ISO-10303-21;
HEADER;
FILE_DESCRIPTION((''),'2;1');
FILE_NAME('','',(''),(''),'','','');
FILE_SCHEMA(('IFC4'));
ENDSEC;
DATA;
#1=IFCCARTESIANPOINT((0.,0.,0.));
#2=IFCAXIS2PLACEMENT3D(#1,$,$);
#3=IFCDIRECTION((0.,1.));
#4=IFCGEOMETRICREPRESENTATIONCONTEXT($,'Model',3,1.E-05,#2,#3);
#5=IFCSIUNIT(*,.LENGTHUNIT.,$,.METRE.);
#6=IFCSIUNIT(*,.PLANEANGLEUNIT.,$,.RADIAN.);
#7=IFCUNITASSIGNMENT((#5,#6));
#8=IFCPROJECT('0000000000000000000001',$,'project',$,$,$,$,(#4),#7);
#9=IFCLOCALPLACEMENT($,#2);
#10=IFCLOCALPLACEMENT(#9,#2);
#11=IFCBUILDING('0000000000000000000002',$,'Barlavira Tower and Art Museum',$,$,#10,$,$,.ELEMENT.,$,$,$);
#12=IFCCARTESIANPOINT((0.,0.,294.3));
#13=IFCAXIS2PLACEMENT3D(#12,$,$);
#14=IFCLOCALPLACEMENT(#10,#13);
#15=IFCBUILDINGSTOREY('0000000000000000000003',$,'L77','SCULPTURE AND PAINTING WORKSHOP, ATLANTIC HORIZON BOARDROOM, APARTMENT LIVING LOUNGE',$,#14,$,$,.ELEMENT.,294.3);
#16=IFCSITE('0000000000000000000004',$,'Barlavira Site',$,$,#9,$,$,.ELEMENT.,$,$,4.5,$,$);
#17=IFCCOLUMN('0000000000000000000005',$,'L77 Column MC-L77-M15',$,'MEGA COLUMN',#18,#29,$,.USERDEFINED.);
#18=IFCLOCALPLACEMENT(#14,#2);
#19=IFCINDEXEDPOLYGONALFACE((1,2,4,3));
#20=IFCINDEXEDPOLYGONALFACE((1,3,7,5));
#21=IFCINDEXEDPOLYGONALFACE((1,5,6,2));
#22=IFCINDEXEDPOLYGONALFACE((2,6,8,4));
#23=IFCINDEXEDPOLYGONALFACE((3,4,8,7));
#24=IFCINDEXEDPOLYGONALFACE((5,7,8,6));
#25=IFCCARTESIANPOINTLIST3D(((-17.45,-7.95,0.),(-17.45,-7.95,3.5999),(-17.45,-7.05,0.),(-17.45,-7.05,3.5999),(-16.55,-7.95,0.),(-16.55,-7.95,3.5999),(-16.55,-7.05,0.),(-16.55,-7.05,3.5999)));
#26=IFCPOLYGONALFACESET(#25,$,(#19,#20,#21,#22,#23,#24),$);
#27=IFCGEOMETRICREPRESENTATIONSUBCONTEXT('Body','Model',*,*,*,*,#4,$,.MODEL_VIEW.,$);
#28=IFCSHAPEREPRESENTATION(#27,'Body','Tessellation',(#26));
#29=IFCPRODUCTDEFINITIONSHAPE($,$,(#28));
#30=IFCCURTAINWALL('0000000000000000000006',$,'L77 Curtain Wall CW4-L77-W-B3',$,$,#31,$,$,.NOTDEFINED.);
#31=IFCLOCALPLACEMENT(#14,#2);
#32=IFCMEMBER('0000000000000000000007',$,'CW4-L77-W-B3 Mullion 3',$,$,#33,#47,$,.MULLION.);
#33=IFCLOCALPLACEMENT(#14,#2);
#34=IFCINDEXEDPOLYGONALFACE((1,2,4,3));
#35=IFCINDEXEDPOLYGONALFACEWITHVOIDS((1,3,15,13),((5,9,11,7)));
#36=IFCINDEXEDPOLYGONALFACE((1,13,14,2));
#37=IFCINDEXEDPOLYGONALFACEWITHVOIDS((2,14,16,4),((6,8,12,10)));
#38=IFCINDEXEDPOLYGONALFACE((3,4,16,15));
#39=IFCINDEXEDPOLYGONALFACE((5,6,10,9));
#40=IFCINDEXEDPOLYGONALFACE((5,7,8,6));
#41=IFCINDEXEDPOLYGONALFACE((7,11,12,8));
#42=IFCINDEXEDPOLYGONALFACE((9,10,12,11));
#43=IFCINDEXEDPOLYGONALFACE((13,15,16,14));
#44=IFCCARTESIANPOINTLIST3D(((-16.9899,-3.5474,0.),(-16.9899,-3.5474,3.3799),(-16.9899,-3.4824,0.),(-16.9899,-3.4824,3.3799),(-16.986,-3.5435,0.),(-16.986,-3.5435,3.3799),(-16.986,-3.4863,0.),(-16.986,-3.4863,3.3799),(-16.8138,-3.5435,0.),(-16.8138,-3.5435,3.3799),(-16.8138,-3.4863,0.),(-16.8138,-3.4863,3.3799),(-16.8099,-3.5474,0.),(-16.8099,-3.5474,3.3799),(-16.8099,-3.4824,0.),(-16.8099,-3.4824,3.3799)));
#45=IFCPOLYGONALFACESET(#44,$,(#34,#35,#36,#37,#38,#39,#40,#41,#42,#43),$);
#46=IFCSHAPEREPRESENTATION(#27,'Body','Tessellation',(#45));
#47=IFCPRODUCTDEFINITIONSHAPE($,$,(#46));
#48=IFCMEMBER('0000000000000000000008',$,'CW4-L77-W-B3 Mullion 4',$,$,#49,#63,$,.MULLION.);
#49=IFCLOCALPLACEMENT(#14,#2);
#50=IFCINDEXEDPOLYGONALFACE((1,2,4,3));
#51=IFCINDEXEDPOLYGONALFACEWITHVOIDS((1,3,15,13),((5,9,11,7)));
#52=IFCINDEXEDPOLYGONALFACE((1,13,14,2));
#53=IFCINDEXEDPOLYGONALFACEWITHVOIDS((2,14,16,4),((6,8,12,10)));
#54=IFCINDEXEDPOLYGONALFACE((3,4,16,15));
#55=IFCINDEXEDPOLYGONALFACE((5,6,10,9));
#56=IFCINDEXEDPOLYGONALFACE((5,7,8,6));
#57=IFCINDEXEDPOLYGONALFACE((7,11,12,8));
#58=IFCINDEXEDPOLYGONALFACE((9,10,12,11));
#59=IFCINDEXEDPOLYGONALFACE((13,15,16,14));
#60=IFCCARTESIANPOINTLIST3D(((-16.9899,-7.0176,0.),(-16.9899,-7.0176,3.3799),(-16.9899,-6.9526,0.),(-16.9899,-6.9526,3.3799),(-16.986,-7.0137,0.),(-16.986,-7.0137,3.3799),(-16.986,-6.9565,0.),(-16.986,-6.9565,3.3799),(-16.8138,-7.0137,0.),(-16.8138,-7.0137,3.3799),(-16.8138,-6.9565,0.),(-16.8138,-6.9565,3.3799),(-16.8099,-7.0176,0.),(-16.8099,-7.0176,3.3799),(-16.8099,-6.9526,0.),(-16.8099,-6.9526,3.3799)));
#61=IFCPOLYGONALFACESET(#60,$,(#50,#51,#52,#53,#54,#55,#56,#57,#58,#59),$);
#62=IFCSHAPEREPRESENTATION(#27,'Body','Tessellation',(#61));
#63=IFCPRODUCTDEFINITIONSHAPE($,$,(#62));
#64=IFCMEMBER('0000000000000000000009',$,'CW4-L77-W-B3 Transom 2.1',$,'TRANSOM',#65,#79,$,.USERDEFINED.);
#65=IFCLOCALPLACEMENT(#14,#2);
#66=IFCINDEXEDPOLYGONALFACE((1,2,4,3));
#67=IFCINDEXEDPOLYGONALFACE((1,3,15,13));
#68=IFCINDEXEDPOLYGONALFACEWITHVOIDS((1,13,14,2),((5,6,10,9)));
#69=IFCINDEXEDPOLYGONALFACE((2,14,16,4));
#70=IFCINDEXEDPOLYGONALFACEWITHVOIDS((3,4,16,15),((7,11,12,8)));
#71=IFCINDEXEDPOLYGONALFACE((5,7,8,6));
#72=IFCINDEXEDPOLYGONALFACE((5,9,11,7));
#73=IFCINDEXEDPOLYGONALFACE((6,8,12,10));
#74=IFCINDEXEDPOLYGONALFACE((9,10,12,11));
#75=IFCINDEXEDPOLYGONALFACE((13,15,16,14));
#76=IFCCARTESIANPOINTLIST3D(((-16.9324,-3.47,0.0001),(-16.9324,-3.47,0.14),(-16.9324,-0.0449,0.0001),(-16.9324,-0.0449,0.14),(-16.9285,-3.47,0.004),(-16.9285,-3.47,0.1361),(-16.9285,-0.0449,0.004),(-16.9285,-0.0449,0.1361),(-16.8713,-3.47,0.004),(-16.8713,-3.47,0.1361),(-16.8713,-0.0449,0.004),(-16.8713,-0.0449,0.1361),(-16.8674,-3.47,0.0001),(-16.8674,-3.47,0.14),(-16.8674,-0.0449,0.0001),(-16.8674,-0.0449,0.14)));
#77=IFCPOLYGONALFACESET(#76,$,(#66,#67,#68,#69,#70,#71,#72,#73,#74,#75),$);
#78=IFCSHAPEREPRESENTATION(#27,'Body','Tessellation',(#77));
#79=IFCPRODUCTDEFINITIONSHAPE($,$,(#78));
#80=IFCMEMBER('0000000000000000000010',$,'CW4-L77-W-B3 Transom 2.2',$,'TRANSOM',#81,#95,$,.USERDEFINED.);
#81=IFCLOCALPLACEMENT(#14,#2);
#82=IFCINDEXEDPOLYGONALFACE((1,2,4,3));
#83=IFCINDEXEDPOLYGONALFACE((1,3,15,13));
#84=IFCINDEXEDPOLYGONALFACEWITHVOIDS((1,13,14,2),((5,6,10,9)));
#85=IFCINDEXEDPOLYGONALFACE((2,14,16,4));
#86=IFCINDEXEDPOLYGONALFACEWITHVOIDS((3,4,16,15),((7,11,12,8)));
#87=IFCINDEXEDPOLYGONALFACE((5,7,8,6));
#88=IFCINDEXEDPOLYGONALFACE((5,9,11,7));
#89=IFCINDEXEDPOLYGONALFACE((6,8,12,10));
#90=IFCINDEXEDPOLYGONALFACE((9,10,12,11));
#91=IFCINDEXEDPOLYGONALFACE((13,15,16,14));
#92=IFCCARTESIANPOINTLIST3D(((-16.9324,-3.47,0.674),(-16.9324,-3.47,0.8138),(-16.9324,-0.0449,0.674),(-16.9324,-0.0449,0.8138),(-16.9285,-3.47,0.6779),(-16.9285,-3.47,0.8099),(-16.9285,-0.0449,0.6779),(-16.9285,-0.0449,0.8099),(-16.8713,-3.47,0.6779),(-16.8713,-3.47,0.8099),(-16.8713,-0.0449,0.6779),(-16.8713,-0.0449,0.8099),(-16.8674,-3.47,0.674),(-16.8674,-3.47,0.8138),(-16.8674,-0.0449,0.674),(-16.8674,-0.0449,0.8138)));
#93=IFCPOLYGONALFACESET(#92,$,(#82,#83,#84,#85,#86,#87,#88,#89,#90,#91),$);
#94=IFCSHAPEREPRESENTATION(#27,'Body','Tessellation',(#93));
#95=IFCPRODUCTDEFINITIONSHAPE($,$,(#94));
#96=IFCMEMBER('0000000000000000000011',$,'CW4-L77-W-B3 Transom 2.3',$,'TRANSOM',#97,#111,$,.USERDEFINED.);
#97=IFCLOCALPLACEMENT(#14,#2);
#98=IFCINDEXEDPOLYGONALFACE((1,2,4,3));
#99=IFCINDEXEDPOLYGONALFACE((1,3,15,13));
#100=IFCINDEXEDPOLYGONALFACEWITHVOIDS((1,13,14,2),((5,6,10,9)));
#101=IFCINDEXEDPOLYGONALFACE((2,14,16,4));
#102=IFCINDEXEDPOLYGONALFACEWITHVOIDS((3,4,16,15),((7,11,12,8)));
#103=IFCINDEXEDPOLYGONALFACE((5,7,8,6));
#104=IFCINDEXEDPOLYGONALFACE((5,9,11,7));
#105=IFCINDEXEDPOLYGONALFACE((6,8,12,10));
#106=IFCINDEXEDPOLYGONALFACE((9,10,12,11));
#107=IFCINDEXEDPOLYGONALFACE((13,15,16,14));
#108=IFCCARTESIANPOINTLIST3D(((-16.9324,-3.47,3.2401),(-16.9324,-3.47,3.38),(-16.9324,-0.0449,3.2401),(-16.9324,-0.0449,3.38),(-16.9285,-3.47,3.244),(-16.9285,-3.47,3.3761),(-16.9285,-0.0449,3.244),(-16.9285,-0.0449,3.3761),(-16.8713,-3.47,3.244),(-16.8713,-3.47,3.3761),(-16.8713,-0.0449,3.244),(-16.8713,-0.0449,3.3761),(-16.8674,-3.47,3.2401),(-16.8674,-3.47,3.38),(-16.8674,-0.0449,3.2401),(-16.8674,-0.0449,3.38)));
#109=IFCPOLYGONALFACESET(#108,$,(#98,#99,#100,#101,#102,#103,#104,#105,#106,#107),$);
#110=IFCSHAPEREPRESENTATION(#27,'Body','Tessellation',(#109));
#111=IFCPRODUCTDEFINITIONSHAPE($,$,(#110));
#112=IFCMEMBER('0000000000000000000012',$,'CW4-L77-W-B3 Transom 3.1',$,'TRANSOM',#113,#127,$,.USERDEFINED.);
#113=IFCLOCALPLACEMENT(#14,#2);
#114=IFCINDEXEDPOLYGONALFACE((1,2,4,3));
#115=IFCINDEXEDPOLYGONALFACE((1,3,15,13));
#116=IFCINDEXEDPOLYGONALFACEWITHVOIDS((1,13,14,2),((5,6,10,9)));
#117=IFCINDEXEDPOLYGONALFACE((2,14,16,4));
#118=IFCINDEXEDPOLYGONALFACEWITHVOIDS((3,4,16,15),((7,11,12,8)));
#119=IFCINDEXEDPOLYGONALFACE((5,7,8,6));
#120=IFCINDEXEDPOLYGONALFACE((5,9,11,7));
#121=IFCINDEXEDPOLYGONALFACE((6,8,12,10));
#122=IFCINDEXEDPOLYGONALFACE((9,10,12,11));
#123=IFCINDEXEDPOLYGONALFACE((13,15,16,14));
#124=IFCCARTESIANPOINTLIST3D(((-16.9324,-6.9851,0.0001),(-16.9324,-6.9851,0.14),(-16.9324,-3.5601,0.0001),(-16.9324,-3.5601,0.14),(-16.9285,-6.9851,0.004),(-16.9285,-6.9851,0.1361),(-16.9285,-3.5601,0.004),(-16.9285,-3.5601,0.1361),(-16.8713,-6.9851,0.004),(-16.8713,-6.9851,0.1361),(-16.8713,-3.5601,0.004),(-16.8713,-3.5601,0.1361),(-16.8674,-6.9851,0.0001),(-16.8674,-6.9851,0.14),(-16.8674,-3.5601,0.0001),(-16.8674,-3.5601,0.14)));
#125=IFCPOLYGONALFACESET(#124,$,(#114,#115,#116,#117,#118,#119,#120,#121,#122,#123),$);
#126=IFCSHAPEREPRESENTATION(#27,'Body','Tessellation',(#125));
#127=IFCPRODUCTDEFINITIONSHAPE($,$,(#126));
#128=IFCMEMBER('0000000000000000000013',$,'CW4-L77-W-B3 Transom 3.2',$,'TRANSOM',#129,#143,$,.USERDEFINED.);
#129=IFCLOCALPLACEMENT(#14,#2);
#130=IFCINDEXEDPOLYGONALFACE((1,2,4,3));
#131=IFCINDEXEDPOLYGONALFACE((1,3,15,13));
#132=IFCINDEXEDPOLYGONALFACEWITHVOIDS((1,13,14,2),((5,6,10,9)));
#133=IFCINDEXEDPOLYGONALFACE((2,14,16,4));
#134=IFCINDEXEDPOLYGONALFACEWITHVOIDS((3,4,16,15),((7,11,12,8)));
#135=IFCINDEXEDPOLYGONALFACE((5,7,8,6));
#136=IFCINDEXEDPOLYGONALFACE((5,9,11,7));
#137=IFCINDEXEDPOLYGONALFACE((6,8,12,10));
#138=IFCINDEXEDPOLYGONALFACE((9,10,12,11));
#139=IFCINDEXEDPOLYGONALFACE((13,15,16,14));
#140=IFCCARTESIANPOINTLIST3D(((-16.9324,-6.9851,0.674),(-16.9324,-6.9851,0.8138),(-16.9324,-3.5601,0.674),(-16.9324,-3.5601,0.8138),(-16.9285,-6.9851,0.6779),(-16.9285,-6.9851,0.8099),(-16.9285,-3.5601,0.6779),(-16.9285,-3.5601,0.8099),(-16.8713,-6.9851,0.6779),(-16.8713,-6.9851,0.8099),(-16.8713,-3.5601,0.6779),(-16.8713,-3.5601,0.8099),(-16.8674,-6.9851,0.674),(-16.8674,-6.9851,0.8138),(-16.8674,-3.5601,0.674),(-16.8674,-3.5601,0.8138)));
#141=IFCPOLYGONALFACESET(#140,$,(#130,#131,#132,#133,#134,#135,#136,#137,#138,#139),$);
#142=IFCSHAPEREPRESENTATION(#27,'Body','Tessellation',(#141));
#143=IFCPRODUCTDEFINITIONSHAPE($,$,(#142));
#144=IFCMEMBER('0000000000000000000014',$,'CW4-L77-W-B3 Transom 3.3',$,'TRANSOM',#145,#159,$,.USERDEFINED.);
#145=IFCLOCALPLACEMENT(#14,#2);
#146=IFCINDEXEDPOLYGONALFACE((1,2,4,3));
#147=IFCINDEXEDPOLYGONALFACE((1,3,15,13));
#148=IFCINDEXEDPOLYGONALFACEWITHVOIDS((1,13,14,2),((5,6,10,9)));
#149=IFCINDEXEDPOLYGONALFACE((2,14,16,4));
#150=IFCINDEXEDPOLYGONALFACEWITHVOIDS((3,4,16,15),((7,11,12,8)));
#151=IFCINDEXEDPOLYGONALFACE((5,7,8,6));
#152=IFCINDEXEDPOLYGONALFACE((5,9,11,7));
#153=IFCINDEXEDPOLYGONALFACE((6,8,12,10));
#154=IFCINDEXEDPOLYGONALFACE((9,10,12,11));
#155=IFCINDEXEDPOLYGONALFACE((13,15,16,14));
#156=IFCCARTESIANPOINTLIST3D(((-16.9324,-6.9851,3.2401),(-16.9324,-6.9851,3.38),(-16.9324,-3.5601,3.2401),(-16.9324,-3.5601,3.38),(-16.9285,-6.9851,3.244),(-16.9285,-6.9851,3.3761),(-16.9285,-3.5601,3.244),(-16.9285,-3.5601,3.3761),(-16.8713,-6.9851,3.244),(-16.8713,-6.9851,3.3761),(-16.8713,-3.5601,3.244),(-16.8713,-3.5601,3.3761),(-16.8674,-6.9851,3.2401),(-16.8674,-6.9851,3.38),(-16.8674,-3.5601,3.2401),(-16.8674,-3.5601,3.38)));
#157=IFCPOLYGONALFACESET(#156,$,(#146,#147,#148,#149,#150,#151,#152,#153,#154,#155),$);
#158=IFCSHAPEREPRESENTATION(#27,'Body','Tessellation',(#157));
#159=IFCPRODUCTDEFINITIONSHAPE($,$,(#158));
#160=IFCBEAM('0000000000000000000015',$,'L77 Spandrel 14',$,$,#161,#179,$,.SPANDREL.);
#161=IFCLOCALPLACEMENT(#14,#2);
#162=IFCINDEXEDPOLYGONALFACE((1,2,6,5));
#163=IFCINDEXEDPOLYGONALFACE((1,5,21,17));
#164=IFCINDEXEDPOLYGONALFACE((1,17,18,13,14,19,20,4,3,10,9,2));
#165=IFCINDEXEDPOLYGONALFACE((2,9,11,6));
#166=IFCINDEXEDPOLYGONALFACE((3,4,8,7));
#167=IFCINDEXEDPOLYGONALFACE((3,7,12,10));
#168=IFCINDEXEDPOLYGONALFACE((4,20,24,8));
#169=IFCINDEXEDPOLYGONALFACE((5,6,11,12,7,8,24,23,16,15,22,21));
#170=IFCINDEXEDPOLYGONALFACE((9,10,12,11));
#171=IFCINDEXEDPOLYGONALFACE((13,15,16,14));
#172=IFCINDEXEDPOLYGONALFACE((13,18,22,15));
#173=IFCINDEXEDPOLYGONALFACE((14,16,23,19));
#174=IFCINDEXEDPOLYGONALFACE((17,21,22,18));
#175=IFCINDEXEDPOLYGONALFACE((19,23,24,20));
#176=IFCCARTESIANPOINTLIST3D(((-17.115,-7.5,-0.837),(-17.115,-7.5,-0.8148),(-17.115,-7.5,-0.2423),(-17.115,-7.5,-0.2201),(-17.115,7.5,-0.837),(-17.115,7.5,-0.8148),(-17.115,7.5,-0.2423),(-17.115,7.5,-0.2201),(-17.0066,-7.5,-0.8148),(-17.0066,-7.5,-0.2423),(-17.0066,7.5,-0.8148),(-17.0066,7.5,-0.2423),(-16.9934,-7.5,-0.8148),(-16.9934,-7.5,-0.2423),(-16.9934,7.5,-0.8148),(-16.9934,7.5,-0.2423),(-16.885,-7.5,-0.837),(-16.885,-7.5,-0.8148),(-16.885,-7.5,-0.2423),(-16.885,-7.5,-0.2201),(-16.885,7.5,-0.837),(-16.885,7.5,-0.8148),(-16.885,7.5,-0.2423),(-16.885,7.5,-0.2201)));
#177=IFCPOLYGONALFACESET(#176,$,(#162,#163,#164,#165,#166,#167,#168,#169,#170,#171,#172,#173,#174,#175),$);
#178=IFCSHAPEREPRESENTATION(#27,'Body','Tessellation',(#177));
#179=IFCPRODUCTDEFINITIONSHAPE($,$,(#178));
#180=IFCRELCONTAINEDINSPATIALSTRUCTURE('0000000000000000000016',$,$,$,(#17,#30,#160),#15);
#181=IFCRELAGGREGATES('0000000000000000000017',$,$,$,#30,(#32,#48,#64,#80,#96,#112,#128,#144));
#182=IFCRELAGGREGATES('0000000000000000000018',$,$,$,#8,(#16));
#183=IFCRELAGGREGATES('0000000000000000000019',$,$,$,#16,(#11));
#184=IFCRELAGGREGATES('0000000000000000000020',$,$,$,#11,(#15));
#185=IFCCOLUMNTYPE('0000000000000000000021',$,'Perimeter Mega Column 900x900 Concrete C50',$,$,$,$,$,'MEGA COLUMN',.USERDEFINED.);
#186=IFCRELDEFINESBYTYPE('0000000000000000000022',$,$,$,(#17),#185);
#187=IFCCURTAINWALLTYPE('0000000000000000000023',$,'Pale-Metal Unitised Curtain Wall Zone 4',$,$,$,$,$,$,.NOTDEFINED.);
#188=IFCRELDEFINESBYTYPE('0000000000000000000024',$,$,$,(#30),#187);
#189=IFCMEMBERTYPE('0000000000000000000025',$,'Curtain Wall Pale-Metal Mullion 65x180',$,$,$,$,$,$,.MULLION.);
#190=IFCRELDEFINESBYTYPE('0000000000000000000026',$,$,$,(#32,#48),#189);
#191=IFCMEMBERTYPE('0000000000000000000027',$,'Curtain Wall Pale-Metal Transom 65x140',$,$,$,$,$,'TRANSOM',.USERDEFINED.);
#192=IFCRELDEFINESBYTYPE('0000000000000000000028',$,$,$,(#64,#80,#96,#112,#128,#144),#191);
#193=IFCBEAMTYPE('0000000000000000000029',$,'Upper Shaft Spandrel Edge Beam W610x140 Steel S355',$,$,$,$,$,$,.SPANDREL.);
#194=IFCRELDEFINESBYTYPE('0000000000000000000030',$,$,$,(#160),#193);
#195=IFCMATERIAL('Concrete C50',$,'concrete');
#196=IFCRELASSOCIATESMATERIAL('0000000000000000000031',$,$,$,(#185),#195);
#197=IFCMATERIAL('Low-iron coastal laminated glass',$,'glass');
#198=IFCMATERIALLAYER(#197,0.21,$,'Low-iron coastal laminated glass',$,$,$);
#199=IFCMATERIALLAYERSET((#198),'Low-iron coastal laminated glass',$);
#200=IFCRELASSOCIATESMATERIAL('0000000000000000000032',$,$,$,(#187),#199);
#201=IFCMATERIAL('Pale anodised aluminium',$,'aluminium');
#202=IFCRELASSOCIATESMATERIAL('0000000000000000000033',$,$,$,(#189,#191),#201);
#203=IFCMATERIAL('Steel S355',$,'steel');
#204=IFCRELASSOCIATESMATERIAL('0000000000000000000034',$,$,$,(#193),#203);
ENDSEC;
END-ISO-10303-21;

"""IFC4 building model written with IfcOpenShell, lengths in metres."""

from ifc_helpers import new_model, si_unit, direction, frame, origin, origin_2d, place, context, subcontext, project, spatial, rectangle, hollow_rectangle, i_section, extrude, material, layer, layer_set, material_profile, profile_set, type_object, element, aggregate, save


model = new_model("IFC4")

# Units and contexts
model_context = context("Model", 3, precision=1e-05, world=origin(), true_north=direction((0.0, 1.0)))
body_context = subcontext(model_context, "Body", "Model", "MODEL_VIEW")
ifc_project = project(units=[si_unit("LENGTHUNIT", "METRE"), si_unit("PLANEANGLEUNIT", "RADIAN")], contexts=[model_context])

# Site, building, storey
site_placement = place(None, origin())
site = spatial("IfcSite", under=ifc_project, at=site_placement, Name="Barlavira Site", CompositionType="ELEMENT", RefElevation=4.5)
building_placement = place(site_placement, origin())
building = spatial("IfcBuilding", under=site, at=building_placement, Name="Barlavira Tower and Art Museum", CompositionType="ELEMENT")
storey_placement = place(building_placement, frame((0.0, 0.0, 294.3)))
storey = spatial("IfcBuildingStorey", under=building, at=storey_placement, Name="L77", Description="SCULPTURE AND PAINTING WORKSHOP, ATLANTIC HORIZON BOARDROOM, APARTMENT LIVING LOUNGE", CompositionType="ELEMENT", Elevation=294.3)

# Column
ifc_material_1 = material(Name="Concrete C50", Category="concrete")
ifc_material_profile_1 = material_profile(ifc_material_1, rectangle(XDim=0.8999, YDim=0.8999, at=origin_2d()), Name="RC-COL 900x900")
ifc_profile_set_1 = profile_set([ifc_material_profile_1], Name="Concrete C50")
column_type = type_object("IfcColumnType", Name="Perimeter Mega Column 900x900 Concrete C50", ElementType="MEGA COLUMN", PredefinedType="USERDEFINED", material=ifc_profile_set_1)
column_placement = place(storey_placement, frame((-17.0, -7.5, 0.0), z_axis=(0.0, 0.0, 1.0), x_axis=(1.0, 0.0, 0.0)))
element("IfcColumn", 1, at=column_placement, inside=storey, type_object=column_type, Name="L77 Column MC-L77-M15", ObjectType="MEGA COLUMN", PredefinedType="USERDEFINED", context=body_context, shape_type="SweptSolid", body=[
    extrude(rectangle(XDim=0.8999, YDim=0.8999, at=origin_2d()), origin(), (0.0, 0.0, 1.0), 3.5999),
])

# Curtain wall, members
ifc_material_2 = material(Name="Low-iron coastal laminated glass", Category="glass")
ifc_layer_1 = layer(ifc_material_2, 0.21, Name="Low-iron coastal laminated glass")
ifc_layer_set_1 = layer_set([ifc_layer_1], Name="Low-iron coastal laminated glass")
curtain_wall_type = type_object("IfcCurtainWallType", Name="Pale-Metal Unitised Curtain Wall Zone 4", PredefinedType="NOTDEFINED", material=ifc_layer_set_1)
curtain_wall_placement = place(storey_placement, origin())
curtain_wall = element("IfcCurtainWall", 2, at=curtain_wall_placement, inside=storey, type_object=curtain_wall_type, Name="L77 Curtain Wall CW4-L77-W-B3", PredefinedType="NOTDEFINED")
ifc_material_3 = material(Name="Pale anodised aluminium", Category="aluminium")
ifc_material_profile_2 = material_profile(ifc_material_3, hollow_rectangle(XDim=0.0649, YDim=0.1799, WallThickness=0.0039, at=origin_2d()), Name="ALU-MULL 65x180x4")
ifc_profile_set_2 = profile_set([ifc_material_profile_2], Name="Pale anodised aluminium")
member_type_1 = type_object("IfcMemberType", Name="Curtain Wall Pale-Metal Mullion 65x180", PredefinedType="MULLION", material=ifc_profile_set_2)
member_1_placement = place(storey_placement, frame((-16.8999, -3.5149, 0.0), z_axis=(0.0, 0.0, 1.0), x_axis=(0.0, -1.0, 0.0)))
member_1 = element("IfcMember", 3, at=member_1_placement, type_object=member_type_1, Name="CW4-L77-W-B3 Mullion 3", PredefinedType="MULLION", context=body_context, shape_type="SweptSolid", body=[
    extrude(hollow_rectangle(XDim=0.0649, YDim=0.1799, WallThickness=0.0039, at=origin_2d()), origin(), (0.0, 0.0, 1.0), 3.3799),
])
member_2_placement = place(storey_placement, frame((-16.8999, -6.9851, 0.0), z_axis=(0.0, 0.0, 1.0), x_axis=(0.0, -1.0, 0.0)))
member_2 = element("IfcMember", 4, at=member_2_placement, type_object=member_type_1, Name="CW4-L77-W-B3 Mullion 4", PredefinedType="MULLION", context=body_context, shape_type="SweptSolid", body=[
    extrude(hollow_rectangle(XDim=0.0649, YDim=0.1799, WallThickness=0.0039, at=origin_2d()), origin(), (0.0, 0.0, 1.0), 3.3799),
])
ifc_material_profile_3 = material_profile(ifc_material_3, hollow_rectangle(XDim=0.0649, YDim=0.1399, WallThickness=0.0039, at=origin_2d()), Name="ALU-TRAN 65x140x4")
ifc_profile_set_3 = profile_set([ifc_material_profile_3], Name="Pale anodised aluminium")
member_type_2 = type_object("IfcMemberType", Name="Curtain Wall Pale-Metal Transom 65x140", ElementType="TRANSOM", PredefinedType="USERDEFINED", material=ifc_profile_set_3)
member_3_placement = place(storey_placement, frame((-16.8999, -0.0449, 0.0701), z_axis=(0.0, -1.0, 0.0), x_axis=(1.0, 0.0, 0.0)))
member_3 = element("IfcMember", 5, at=member_3_placement, type_object=member_type_2, Name="CW4-L77-W-B3 Transom 2.1", ObjectType="TRANSOM", PredefinedType="USERDEFINED", context=body_context, shape_type="SweptSolid", body=[
    extrude(hollow_rectangle(XDim=0.0649, YDim=0.1399, WallThickness=0.0039, at=origin_2d()), origin(), (0.0, 0.0, 1.0), 3.425),
])
member_4_placement = place(storey_placement, frame((-16.8999, -0.0449, 0.7439), z_axis=(0.0, -1.0, 0.0), x_axis=(1.0, 0.0, 0.0)))
member_4 = element("IfcMember", 6, at=member_4_placement, type_object=member_type_2, Name="CW4-L77-W-B3 Transom 2.2", ObjectType="TRANSOM", PredefinedType="USERDEFINED", context=body_context, shape_type="SweptSolid", body=[
    extrude(hollow_rectangle(XDim=0.0649, YDim=0.1399, WallThickness=0.0039, at=origin_2d()), origin(), (0.0, 0.0, 1.0), 3.425),
])
member_5_placement = place(storey_placement, frame((-16.8999, -0.0449, 3.3101), z_axis=(0.0, -1.0, 0.0), x_axis=(1.0, 0.0, 0.0)))
member_5 = element("IfcMember", 7, at=member_5_placement, type_object=member_type_2, Name="CW4-L77-W-B3 Transom 2.3", ObjectType="TRANSOM", PredefinedType="USERDEFINED", context=body_context, shape_type="SweptSolid", body=[
    extrude(hollow_rectangle(XDim=0.0649, YDim=0.1399, WallThickness=0.0039, at=origin_2d()), origin(), (0.0, 0.0, 1.0), 3.425),
])
member_6_placement = place(storey_placement, frame((-16.8999, -3.5601, 0.0701), z_axis=(0.0, -1.0, 0.0), x_axis=(1.0, 0.0, 0.0)))
member_6 = element("IfcMember", 8, at=member_6_placement, type_object=member_type_2, Name="CW4-L77-W-B3 Transom 3.1", ObjectType="TRANSOM", PredefinedType="USERDEFINED", context=body_context, shape_type="SweptSolid", body=[
    extrude(hollow_rectangle(XDim=0.0649, YDim=0.1399, WallThickness=0.0039, at=origin_2d()), origin(), (0.0, 0.0, 1.0), 3.425),
])
member_7_placement = place(storey_placement, frame((-16.8999, -3.5601, 0.7439), z_axis=(0.0, -1.0, 0.0), x_axis=(1.0, 0.0, 0.0)))
member_7 = element("IfcMember", 9, at=member_7_placement, type_object=member_type_2, Name="CW4-L77-W-B3 Transom 3.2", ObjectType="TRANSOM", PredefinedType="USERDEFINED", context=body_context, shape_type="SweptSolid", body=[
    extrude(hollow_rectangle(XDim=0.0649, YDim=0.1399, WallThickness=0.0039, at=origin_2d()), origin(), (0.0, 0.0, 1.0), 3.425),
])
member_8_placement = place(storey_placement, frame((-16.8999, -3.5601, 3.3101), z_axis=(0.0, -1.0, 0.0), x_axis=(1.0, 0.0, 0.0)))
member_8 = element("IfcMember", 10, at=member_8_placement, type_object=member_type_2, Name="CW4-L77-W-B3 Transom 3.3", ObjectType="TRANSOM", PredefinedType="USERDEFINED", context=body_context, shape_type="SweptSolid", body=[
    extrude(hollow_rectangle(XDim=0.0649, YDim=0.1399, WallThickness=0.0039, at=origin_2d()), origin(), (0.0, 0.0, 1.0), 3.425),
])

# Beam
ifc_material_4 = material(Name="Steel S355", Category="steel")
ifc_material_profile_4 = material_profile(ifc_material_4, i_section(OverallWidth=0.23, OverallDepth=0.6169, WebThickness=0.0132, FlangeThickness=0.0222, at=origin_2d()), Name="W610x140.0")
ifc_profile_set_4 = profile_set([ifc_material_profile_4], Name="Steel S355")
beam_type_1 = type_object("IfcBeamType", Name="Upper Shaft Spandrel Edge Beam W610x140 Steel S355", PredefinedType="SPANDREL", material=ifc_profile_set_4)
beam_1_placement = place(storey_placement, frame((-17.0, -7.5, -0.5286), z_axis=(0.0, 1.0, 0.0), x_axis=(-1.0, 0.0, 0.0)))
element("IfcBeam", 11, at=beam_1_placement, inside=storey, type_object=beam_type_1, Name="L77 Spandrel 14", PredefinedType="SPANDREL", context=body_context, shape_type="SweptSolid", body=[
    extrude(i_section(OverallWidth=0.23, OverallDepth=0.6169, WebThickness=0.0132, FlangeThickness=0.0222, at=origin_2d()), origin(), (0.0, 0.0, 1.0), 15.0),
])

aggregate(curtain_wall, [member_1, member_2, member_3, member_4, member_5, member_6, member_7, member_8])

save(model, "model.ifc")
